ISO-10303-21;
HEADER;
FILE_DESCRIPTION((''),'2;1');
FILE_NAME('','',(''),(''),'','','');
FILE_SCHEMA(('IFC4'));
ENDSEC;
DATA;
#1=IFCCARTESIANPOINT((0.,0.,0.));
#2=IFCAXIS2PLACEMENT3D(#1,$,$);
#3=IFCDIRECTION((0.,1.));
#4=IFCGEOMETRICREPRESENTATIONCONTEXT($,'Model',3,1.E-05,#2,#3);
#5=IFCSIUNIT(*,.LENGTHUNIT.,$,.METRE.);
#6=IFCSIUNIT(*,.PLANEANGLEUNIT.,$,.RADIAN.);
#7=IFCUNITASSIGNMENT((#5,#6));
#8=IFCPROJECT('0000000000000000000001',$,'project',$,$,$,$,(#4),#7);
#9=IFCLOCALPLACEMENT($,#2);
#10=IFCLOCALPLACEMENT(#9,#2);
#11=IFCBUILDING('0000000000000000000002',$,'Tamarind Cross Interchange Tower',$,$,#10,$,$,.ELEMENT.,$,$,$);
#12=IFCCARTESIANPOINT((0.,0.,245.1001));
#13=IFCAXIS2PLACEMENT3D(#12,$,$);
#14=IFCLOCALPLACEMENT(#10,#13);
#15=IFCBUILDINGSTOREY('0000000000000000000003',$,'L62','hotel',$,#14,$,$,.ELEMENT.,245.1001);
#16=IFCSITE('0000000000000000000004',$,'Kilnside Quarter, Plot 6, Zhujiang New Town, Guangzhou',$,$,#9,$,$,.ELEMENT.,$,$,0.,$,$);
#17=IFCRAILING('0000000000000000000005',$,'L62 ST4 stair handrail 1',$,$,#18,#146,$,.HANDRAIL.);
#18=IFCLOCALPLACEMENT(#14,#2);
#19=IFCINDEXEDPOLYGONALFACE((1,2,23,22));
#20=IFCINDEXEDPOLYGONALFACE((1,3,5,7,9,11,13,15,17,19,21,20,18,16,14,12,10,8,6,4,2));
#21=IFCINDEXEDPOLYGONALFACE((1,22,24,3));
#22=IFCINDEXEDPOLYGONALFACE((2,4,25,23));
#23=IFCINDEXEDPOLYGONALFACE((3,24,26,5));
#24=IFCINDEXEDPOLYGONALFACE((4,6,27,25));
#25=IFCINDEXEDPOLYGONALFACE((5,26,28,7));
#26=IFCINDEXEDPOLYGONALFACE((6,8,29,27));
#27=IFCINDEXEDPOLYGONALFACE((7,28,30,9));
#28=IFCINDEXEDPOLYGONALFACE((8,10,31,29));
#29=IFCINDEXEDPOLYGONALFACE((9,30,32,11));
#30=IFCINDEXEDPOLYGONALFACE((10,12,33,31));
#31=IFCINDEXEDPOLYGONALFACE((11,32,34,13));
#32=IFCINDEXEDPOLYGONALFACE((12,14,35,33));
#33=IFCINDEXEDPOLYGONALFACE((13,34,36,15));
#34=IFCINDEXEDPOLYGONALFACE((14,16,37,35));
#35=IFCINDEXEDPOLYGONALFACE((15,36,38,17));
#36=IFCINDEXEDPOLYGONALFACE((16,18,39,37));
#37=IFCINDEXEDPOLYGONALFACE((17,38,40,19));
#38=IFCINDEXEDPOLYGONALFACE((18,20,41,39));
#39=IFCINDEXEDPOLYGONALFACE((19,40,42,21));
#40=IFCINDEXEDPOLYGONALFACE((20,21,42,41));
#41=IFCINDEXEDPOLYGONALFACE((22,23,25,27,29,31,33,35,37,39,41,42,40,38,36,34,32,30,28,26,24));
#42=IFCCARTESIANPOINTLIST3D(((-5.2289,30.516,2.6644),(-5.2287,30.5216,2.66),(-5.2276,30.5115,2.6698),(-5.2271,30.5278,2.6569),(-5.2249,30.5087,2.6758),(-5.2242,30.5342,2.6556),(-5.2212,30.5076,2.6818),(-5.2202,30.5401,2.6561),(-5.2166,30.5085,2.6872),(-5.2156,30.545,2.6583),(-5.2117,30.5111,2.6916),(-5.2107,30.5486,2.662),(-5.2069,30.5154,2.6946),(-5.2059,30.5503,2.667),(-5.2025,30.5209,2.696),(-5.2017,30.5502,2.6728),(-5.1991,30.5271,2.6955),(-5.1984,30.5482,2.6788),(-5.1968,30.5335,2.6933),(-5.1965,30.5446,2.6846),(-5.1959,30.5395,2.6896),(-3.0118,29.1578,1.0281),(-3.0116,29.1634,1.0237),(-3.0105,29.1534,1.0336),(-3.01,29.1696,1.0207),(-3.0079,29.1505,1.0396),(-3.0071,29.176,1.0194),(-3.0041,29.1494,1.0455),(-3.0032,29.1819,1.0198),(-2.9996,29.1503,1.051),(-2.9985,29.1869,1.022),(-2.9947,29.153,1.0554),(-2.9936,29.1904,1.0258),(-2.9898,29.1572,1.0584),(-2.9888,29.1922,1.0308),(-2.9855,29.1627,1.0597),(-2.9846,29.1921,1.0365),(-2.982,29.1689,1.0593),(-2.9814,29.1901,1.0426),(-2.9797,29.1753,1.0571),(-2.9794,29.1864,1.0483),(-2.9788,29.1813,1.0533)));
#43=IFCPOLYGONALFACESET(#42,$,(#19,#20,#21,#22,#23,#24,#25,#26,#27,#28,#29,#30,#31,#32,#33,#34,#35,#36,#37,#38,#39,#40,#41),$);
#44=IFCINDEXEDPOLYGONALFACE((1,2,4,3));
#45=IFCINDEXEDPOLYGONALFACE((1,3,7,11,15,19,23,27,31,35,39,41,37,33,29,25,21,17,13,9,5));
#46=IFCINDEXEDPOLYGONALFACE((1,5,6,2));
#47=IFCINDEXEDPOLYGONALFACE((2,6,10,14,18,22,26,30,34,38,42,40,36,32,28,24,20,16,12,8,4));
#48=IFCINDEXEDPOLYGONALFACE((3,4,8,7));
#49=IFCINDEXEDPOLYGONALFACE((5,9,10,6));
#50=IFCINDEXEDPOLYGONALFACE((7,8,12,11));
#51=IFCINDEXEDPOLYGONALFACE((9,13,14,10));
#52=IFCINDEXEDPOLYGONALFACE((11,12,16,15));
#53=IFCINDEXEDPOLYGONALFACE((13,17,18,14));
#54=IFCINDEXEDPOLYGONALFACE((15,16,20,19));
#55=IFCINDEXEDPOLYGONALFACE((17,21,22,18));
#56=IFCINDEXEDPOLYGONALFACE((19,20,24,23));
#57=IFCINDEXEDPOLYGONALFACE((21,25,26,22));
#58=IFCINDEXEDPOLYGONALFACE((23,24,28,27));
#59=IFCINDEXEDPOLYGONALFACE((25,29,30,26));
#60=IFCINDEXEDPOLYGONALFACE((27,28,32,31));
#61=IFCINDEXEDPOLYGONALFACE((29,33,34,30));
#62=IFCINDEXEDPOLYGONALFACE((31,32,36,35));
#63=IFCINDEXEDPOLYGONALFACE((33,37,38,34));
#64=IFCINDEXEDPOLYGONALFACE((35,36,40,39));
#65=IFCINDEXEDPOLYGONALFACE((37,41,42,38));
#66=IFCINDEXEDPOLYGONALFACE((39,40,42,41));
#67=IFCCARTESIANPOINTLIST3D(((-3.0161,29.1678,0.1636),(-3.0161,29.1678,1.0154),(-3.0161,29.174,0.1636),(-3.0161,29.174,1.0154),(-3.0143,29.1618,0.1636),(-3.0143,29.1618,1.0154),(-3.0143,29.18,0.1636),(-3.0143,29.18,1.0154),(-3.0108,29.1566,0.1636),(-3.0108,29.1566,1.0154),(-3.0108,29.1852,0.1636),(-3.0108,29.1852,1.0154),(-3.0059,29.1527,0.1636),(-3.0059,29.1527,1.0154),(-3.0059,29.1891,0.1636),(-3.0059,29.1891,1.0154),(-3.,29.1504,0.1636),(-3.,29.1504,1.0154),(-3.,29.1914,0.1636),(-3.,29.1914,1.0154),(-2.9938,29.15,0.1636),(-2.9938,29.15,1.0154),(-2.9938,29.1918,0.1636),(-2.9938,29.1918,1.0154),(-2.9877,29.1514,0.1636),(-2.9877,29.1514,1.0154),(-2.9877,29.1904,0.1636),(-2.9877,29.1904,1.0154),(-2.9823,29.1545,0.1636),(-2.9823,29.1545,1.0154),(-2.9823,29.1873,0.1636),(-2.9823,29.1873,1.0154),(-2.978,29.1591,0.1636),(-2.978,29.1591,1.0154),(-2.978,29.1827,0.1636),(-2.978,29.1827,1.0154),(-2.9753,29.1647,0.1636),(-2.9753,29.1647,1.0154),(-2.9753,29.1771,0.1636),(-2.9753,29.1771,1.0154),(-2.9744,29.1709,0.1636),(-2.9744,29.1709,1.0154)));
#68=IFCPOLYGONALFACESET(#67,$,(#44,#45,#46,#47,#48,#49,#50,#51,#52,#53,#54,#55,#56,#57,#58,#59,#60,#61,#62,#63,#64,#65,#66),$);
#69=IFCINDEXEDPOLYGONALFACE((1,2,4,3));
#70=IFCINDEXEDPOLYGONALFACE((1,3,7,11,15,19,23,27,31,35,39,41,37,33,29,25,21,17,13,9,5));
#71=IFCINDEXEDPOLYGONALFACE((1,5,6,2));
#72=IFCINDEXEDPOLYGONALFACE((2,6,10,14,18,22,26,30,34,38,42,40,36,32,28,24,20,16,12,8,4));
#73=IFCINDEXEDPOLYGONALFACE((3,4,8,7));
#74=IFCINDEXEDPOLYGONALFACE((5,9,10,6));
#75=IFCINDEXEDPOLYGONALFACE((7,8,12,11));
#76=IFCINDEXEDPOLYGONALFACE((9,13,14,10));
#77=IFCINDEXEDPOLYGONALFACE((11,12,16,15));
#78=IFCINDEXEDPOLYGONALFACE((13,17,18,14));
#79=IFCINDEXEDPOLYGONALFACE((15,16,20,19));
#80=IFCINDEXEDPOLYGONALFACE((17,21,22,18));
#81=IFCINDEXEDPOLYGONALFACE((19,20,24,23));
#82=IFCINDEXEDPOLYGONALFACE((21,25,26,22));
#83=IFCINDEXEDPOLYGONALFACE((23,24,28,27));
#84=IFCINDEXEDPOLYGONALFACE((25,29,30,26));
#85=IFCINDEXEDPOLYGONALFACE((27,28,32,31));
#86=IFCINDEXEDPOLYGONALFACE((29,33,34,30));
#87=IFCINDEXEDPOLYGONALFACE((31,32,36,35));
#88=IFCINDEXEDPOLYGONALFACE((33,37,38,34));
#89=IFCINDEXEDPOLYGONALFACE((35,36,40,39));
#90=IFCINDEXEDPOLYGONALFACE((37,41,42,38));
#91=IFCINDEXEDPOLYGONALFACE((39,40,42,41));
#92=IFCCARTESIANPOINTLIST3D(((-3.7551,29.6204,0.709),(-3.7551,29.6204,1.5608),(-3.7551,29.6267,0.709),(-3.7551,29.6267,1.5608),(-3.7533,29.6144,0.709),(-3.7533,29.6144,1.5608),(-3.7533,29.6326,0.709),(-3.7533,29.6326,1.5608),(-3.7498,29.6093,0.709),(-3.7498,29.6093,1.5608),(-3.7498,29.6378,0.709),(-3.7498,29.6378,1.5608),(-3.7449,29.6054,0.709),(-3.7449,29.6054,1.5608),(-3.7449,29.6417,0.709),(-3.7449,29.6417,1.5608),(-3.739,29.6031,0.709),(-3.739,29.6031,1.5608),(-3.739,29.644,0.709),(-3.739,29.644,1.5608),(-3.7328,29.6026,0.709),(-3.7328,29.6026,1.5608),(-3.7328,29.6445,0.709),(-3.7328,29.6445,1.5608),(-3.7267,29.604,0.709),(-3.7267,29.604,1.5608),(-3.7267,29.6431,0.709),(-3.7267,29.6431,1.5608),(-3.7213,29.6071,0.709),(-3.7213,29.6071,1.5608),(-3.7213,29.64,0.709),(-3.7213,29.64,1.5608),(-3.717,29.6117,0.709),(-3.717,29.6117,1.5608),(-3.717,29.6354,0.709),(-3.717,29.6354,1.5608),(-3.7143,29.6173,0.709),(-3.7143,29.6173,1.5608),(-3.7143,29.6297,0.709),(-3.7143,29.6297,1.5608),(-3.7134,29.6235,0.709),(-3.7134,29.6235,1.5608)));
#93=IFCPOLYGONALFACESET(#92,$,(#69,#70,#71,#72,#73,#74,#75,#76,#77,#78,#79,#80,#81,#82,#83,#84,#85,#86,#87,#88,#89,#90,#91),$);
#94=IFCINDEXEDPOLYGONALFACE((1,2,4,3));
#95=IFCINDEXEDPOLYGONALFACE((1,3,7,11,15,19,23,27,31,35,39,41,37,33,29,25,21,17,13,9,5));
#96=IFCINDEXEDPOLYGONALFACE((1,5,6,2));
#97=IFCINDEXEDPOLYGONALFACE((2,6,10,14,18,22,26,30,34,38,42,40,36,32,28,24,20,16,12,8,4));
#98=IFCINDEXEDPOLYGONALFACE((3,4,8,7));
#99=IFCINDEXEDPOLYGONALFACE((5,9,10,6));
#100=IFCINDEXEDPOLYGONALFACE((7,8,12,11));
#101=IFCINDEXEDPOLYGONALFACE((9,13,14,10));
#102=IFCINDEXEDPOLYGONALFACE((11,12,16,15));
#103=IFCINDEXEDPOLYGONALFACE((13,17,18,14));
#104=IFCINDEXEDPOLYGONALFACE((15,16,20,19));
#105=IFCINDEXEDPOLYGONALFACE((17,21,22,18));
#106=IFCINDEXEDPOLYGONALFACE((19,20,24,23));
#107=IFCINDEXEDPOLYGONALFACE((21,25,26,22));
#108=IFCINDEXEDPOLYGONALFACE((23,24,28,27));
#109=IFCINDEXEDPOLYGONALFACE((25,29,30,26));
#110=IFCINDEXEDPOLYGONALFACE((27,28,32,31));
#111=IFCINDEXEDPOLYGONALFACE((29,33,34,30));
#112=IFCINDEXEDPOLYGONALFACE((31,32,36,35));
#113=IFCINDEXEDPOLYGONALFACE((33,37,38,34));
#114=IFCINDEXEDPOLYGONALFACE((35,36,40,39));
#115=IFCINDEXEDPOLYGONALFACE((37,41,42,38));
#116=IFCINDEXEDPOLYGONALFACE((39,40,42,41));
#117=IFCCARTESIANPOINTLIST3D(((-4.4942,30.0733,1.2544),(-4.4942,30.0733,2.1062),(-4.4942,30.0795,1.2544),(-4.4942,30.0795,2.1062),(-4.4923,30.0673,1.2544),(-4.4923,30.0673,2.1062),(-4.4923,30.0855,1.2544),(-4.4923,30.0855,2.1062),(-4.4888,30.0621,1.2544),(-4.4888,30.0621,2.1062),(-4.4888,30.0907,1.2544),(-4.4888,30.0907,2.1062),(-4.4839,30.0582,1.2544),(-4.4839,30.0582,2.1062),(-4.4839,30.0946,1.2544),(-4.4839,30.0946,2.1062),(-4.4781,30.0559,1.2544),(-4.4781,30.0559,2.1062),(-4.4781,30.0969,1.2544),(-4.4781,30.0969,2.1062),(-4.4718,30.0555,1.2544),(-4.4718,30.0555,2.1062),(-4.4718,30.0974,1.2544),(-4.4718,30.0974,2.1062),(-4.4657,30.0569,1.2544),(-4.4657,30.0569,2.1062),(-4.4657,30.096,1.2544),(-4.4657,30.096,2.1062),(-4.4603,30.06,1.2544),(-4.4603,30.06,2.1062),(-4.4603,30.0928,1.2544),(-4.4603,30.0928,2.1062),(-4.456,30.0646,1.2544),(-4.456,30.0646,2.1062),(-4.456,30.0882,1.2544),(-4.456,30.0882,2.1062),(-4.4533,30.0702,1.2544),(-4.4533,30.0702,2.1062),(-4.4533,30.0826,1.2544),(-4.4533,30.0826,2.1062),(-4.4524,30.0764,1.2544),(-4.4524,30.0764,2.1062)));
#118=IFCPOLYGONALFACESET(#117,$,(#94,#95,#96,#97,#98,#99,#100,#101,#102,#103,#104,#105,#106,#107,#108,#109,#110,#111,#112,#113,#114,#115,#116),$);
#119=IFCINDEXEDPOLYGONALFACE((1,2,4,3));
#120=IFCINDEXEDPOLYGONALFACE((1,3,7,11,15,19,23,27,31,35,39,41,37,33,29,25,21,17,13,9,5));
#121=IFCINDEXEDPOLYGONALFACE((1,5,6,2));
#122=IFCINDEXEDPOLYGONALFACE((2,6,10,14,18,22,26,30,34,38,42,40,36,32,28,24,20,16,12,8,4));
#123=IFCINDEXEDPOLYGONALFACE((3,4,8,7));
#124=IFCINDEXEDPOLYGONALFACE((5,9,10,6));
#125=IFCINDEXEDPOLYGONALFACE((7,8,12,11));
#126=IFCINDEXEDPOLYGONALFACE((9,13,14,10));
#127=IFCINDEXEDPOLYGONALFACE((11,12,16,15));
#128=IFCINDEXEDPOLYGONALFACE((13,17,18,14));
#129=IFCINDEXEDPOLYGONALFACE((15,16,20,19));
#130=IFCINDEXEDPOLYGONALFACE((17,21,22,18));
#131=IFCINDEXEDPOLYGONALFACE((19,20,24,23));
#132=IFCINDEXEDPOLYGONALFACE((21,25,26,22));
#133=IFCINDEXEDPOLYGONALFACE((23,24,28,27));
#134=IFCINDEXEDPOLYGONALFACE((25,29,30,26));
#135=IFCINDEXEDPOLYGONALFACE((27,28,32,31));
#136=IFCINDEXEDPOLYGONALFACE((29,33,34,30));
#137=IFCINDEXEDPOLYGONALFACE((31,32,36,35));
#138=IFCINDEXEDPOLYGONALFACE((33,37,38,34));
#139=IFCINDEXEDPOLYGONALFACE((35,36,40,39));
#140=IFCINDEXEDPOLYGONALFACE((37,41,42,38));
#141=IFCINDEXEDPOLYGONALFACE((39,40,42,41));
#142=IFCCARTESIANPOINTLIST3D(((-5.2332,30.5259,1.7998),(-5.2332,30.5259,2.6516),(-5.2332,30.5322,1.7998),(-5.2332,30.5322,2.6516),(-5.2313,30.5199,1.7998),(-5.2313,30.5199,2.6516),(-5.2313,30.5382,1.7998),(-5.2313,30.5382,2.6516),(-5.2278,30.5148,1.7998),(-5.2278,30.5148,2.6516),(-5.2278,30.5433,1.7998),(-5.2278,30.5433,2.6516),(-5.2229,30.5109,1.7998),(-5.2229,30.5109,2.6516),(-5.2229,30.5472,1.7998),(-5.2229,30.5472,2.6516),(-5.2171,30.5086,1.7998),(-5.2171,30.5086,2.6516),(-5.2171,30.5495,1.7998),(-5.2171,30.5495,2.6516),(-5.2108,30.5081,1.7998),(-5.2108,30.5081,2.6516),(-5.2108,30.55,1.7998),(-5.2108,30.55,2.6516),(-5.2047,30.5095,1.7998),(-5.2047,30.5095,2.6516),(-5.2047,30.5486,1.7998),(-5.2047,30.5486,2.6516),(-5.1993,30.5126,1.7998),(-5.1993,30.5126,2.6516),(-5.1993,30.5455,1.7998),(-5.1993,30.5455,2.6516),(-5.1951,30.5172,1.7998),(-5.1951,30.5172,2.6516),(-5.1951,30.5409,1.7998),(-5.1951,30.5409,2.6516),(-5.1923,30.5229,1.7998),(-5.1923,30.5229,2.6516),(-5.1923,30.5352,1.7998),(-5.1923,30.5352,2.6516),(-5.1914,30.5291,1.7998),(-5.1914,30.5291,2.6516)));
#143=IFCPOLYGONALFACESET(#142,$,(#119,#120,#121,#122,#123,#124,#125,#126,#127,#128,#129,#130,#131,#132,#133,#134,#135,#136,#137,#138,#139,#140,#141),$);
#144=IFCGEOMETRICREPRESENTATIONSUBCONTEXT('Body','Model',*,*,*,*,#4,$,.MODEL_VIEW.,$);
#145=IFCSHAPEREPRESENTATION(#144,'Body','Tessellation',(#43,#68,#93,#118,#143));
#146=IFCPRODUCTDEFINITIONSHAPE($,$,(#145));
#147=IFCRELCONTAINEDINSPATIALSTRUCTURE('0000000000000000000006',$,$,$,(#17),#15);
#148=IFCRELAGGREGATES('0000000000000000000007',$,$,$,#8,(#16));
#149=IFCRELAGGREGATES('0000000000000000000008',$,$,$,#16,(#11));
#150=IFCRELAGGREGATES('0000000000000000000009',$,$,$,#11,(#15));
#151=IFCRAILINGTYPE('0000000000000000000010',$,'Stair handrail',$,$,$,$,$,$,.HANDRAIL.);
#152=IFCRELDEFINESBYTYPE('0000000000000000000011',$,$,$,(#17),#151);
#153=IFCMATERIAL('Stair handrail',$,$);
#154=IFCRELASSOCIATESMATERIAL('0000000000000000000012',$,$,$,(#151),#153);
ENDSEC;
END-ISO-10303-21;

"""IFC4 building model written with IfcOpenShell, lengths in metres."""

from ifc_helpers import new_model, si_unit, direction, frame, origin, origin_2d, place, context, subcontext, project, spatial, circle, extrude, material, type_object, element, save


model = new_model("IFC4")

# Units and contexts
model_context = context("Model", 3, precision=1e-05, world=origin(), true_north=direction((0.0, 1.0)))
body_context = subcontext(model_context, "Body", "Model", "MODEL_VIEW")
ifc_project = project(units=[si_unit("LENGTHUNIT", "METRE"), si_unit("PLANEANGLEUNIT", "RADIAN")], contexts=[model_context])

# Site, building, storey
site_placement = place(None, origin())
site = spatial("IfcSite", under=ifc_project, at=site_placement, Name="Kilnside Quarter, Plot 6, Zhujiang New Town, Guangzhou", CompositionType="ELEMENT", RefElevation=0.0)
building_placement = place(site_placement, origin())
building = spatial("IfcBuilding", under=site, at=building_placement, Name="Tamarind Cross Interchange Tower", CompositionType="ELEMENT")
storey_placement = place(building_placement, frame((0.0, 0.0, 245.1001)))
storey = spatial("IfcBuildingStorey", under=building, at=storey_placement, Name="L62", Description="hotel", CompositionType="ELEMENT", Elevation=245.1001)

# Railing
ifc_material_1 = material(Name="Stair handrail")
railing_type_1 = type_object("IfcRailingType", Name="Stair handrail", PredefinedType="HANDRAIL", material=ifc_material_1)
railing_1_placement = place(storey_placement, frame((-2.9954, 29.1709, 0.1636)))
element("IfcRailing", 1, at=railing_1_placement, inside=storey, type_object=railing_type_1, Name="L62 ST4 stair handrail 1", PredefinedType="HANDRAIL", context=body_context, shape_type="SweptSolid", body=[
    extrude(circle(Radius=0.0239, at=origin_2d()), frame((0.0, 0.0, 0.876), z_axis=(-0.721696, 0.442109, 0.532629), x_axis=(-0.522373, -0.852717, 0.0)), (0.0, 0.0, 1.0), 3.072),
    extrude(circle(Radius=0.021, at=origin_2d()), origin(), (0.0, 0.0, 1.0), 0.8518),
    extrude(circle(Radius=0.021, at=origin_2d()), frame((-0.739, 0.4526, 0.5454)), (0.0, 0.0, 1.0), 0.8518),
    extrude(circle(Radius=0.021, at=origin_2d()), frame((-1.478, 0.9055, 1.0908)), (0.0, 0.0, 1.0), 0.8518),
    extrude(circle(Radius=0.021, at=origin_2d()), frame((-2.217, 1.3582, 1.6362)), (0.0, 0.0, 1.0), 0.8518),
])

save(model, "model.ifc")
